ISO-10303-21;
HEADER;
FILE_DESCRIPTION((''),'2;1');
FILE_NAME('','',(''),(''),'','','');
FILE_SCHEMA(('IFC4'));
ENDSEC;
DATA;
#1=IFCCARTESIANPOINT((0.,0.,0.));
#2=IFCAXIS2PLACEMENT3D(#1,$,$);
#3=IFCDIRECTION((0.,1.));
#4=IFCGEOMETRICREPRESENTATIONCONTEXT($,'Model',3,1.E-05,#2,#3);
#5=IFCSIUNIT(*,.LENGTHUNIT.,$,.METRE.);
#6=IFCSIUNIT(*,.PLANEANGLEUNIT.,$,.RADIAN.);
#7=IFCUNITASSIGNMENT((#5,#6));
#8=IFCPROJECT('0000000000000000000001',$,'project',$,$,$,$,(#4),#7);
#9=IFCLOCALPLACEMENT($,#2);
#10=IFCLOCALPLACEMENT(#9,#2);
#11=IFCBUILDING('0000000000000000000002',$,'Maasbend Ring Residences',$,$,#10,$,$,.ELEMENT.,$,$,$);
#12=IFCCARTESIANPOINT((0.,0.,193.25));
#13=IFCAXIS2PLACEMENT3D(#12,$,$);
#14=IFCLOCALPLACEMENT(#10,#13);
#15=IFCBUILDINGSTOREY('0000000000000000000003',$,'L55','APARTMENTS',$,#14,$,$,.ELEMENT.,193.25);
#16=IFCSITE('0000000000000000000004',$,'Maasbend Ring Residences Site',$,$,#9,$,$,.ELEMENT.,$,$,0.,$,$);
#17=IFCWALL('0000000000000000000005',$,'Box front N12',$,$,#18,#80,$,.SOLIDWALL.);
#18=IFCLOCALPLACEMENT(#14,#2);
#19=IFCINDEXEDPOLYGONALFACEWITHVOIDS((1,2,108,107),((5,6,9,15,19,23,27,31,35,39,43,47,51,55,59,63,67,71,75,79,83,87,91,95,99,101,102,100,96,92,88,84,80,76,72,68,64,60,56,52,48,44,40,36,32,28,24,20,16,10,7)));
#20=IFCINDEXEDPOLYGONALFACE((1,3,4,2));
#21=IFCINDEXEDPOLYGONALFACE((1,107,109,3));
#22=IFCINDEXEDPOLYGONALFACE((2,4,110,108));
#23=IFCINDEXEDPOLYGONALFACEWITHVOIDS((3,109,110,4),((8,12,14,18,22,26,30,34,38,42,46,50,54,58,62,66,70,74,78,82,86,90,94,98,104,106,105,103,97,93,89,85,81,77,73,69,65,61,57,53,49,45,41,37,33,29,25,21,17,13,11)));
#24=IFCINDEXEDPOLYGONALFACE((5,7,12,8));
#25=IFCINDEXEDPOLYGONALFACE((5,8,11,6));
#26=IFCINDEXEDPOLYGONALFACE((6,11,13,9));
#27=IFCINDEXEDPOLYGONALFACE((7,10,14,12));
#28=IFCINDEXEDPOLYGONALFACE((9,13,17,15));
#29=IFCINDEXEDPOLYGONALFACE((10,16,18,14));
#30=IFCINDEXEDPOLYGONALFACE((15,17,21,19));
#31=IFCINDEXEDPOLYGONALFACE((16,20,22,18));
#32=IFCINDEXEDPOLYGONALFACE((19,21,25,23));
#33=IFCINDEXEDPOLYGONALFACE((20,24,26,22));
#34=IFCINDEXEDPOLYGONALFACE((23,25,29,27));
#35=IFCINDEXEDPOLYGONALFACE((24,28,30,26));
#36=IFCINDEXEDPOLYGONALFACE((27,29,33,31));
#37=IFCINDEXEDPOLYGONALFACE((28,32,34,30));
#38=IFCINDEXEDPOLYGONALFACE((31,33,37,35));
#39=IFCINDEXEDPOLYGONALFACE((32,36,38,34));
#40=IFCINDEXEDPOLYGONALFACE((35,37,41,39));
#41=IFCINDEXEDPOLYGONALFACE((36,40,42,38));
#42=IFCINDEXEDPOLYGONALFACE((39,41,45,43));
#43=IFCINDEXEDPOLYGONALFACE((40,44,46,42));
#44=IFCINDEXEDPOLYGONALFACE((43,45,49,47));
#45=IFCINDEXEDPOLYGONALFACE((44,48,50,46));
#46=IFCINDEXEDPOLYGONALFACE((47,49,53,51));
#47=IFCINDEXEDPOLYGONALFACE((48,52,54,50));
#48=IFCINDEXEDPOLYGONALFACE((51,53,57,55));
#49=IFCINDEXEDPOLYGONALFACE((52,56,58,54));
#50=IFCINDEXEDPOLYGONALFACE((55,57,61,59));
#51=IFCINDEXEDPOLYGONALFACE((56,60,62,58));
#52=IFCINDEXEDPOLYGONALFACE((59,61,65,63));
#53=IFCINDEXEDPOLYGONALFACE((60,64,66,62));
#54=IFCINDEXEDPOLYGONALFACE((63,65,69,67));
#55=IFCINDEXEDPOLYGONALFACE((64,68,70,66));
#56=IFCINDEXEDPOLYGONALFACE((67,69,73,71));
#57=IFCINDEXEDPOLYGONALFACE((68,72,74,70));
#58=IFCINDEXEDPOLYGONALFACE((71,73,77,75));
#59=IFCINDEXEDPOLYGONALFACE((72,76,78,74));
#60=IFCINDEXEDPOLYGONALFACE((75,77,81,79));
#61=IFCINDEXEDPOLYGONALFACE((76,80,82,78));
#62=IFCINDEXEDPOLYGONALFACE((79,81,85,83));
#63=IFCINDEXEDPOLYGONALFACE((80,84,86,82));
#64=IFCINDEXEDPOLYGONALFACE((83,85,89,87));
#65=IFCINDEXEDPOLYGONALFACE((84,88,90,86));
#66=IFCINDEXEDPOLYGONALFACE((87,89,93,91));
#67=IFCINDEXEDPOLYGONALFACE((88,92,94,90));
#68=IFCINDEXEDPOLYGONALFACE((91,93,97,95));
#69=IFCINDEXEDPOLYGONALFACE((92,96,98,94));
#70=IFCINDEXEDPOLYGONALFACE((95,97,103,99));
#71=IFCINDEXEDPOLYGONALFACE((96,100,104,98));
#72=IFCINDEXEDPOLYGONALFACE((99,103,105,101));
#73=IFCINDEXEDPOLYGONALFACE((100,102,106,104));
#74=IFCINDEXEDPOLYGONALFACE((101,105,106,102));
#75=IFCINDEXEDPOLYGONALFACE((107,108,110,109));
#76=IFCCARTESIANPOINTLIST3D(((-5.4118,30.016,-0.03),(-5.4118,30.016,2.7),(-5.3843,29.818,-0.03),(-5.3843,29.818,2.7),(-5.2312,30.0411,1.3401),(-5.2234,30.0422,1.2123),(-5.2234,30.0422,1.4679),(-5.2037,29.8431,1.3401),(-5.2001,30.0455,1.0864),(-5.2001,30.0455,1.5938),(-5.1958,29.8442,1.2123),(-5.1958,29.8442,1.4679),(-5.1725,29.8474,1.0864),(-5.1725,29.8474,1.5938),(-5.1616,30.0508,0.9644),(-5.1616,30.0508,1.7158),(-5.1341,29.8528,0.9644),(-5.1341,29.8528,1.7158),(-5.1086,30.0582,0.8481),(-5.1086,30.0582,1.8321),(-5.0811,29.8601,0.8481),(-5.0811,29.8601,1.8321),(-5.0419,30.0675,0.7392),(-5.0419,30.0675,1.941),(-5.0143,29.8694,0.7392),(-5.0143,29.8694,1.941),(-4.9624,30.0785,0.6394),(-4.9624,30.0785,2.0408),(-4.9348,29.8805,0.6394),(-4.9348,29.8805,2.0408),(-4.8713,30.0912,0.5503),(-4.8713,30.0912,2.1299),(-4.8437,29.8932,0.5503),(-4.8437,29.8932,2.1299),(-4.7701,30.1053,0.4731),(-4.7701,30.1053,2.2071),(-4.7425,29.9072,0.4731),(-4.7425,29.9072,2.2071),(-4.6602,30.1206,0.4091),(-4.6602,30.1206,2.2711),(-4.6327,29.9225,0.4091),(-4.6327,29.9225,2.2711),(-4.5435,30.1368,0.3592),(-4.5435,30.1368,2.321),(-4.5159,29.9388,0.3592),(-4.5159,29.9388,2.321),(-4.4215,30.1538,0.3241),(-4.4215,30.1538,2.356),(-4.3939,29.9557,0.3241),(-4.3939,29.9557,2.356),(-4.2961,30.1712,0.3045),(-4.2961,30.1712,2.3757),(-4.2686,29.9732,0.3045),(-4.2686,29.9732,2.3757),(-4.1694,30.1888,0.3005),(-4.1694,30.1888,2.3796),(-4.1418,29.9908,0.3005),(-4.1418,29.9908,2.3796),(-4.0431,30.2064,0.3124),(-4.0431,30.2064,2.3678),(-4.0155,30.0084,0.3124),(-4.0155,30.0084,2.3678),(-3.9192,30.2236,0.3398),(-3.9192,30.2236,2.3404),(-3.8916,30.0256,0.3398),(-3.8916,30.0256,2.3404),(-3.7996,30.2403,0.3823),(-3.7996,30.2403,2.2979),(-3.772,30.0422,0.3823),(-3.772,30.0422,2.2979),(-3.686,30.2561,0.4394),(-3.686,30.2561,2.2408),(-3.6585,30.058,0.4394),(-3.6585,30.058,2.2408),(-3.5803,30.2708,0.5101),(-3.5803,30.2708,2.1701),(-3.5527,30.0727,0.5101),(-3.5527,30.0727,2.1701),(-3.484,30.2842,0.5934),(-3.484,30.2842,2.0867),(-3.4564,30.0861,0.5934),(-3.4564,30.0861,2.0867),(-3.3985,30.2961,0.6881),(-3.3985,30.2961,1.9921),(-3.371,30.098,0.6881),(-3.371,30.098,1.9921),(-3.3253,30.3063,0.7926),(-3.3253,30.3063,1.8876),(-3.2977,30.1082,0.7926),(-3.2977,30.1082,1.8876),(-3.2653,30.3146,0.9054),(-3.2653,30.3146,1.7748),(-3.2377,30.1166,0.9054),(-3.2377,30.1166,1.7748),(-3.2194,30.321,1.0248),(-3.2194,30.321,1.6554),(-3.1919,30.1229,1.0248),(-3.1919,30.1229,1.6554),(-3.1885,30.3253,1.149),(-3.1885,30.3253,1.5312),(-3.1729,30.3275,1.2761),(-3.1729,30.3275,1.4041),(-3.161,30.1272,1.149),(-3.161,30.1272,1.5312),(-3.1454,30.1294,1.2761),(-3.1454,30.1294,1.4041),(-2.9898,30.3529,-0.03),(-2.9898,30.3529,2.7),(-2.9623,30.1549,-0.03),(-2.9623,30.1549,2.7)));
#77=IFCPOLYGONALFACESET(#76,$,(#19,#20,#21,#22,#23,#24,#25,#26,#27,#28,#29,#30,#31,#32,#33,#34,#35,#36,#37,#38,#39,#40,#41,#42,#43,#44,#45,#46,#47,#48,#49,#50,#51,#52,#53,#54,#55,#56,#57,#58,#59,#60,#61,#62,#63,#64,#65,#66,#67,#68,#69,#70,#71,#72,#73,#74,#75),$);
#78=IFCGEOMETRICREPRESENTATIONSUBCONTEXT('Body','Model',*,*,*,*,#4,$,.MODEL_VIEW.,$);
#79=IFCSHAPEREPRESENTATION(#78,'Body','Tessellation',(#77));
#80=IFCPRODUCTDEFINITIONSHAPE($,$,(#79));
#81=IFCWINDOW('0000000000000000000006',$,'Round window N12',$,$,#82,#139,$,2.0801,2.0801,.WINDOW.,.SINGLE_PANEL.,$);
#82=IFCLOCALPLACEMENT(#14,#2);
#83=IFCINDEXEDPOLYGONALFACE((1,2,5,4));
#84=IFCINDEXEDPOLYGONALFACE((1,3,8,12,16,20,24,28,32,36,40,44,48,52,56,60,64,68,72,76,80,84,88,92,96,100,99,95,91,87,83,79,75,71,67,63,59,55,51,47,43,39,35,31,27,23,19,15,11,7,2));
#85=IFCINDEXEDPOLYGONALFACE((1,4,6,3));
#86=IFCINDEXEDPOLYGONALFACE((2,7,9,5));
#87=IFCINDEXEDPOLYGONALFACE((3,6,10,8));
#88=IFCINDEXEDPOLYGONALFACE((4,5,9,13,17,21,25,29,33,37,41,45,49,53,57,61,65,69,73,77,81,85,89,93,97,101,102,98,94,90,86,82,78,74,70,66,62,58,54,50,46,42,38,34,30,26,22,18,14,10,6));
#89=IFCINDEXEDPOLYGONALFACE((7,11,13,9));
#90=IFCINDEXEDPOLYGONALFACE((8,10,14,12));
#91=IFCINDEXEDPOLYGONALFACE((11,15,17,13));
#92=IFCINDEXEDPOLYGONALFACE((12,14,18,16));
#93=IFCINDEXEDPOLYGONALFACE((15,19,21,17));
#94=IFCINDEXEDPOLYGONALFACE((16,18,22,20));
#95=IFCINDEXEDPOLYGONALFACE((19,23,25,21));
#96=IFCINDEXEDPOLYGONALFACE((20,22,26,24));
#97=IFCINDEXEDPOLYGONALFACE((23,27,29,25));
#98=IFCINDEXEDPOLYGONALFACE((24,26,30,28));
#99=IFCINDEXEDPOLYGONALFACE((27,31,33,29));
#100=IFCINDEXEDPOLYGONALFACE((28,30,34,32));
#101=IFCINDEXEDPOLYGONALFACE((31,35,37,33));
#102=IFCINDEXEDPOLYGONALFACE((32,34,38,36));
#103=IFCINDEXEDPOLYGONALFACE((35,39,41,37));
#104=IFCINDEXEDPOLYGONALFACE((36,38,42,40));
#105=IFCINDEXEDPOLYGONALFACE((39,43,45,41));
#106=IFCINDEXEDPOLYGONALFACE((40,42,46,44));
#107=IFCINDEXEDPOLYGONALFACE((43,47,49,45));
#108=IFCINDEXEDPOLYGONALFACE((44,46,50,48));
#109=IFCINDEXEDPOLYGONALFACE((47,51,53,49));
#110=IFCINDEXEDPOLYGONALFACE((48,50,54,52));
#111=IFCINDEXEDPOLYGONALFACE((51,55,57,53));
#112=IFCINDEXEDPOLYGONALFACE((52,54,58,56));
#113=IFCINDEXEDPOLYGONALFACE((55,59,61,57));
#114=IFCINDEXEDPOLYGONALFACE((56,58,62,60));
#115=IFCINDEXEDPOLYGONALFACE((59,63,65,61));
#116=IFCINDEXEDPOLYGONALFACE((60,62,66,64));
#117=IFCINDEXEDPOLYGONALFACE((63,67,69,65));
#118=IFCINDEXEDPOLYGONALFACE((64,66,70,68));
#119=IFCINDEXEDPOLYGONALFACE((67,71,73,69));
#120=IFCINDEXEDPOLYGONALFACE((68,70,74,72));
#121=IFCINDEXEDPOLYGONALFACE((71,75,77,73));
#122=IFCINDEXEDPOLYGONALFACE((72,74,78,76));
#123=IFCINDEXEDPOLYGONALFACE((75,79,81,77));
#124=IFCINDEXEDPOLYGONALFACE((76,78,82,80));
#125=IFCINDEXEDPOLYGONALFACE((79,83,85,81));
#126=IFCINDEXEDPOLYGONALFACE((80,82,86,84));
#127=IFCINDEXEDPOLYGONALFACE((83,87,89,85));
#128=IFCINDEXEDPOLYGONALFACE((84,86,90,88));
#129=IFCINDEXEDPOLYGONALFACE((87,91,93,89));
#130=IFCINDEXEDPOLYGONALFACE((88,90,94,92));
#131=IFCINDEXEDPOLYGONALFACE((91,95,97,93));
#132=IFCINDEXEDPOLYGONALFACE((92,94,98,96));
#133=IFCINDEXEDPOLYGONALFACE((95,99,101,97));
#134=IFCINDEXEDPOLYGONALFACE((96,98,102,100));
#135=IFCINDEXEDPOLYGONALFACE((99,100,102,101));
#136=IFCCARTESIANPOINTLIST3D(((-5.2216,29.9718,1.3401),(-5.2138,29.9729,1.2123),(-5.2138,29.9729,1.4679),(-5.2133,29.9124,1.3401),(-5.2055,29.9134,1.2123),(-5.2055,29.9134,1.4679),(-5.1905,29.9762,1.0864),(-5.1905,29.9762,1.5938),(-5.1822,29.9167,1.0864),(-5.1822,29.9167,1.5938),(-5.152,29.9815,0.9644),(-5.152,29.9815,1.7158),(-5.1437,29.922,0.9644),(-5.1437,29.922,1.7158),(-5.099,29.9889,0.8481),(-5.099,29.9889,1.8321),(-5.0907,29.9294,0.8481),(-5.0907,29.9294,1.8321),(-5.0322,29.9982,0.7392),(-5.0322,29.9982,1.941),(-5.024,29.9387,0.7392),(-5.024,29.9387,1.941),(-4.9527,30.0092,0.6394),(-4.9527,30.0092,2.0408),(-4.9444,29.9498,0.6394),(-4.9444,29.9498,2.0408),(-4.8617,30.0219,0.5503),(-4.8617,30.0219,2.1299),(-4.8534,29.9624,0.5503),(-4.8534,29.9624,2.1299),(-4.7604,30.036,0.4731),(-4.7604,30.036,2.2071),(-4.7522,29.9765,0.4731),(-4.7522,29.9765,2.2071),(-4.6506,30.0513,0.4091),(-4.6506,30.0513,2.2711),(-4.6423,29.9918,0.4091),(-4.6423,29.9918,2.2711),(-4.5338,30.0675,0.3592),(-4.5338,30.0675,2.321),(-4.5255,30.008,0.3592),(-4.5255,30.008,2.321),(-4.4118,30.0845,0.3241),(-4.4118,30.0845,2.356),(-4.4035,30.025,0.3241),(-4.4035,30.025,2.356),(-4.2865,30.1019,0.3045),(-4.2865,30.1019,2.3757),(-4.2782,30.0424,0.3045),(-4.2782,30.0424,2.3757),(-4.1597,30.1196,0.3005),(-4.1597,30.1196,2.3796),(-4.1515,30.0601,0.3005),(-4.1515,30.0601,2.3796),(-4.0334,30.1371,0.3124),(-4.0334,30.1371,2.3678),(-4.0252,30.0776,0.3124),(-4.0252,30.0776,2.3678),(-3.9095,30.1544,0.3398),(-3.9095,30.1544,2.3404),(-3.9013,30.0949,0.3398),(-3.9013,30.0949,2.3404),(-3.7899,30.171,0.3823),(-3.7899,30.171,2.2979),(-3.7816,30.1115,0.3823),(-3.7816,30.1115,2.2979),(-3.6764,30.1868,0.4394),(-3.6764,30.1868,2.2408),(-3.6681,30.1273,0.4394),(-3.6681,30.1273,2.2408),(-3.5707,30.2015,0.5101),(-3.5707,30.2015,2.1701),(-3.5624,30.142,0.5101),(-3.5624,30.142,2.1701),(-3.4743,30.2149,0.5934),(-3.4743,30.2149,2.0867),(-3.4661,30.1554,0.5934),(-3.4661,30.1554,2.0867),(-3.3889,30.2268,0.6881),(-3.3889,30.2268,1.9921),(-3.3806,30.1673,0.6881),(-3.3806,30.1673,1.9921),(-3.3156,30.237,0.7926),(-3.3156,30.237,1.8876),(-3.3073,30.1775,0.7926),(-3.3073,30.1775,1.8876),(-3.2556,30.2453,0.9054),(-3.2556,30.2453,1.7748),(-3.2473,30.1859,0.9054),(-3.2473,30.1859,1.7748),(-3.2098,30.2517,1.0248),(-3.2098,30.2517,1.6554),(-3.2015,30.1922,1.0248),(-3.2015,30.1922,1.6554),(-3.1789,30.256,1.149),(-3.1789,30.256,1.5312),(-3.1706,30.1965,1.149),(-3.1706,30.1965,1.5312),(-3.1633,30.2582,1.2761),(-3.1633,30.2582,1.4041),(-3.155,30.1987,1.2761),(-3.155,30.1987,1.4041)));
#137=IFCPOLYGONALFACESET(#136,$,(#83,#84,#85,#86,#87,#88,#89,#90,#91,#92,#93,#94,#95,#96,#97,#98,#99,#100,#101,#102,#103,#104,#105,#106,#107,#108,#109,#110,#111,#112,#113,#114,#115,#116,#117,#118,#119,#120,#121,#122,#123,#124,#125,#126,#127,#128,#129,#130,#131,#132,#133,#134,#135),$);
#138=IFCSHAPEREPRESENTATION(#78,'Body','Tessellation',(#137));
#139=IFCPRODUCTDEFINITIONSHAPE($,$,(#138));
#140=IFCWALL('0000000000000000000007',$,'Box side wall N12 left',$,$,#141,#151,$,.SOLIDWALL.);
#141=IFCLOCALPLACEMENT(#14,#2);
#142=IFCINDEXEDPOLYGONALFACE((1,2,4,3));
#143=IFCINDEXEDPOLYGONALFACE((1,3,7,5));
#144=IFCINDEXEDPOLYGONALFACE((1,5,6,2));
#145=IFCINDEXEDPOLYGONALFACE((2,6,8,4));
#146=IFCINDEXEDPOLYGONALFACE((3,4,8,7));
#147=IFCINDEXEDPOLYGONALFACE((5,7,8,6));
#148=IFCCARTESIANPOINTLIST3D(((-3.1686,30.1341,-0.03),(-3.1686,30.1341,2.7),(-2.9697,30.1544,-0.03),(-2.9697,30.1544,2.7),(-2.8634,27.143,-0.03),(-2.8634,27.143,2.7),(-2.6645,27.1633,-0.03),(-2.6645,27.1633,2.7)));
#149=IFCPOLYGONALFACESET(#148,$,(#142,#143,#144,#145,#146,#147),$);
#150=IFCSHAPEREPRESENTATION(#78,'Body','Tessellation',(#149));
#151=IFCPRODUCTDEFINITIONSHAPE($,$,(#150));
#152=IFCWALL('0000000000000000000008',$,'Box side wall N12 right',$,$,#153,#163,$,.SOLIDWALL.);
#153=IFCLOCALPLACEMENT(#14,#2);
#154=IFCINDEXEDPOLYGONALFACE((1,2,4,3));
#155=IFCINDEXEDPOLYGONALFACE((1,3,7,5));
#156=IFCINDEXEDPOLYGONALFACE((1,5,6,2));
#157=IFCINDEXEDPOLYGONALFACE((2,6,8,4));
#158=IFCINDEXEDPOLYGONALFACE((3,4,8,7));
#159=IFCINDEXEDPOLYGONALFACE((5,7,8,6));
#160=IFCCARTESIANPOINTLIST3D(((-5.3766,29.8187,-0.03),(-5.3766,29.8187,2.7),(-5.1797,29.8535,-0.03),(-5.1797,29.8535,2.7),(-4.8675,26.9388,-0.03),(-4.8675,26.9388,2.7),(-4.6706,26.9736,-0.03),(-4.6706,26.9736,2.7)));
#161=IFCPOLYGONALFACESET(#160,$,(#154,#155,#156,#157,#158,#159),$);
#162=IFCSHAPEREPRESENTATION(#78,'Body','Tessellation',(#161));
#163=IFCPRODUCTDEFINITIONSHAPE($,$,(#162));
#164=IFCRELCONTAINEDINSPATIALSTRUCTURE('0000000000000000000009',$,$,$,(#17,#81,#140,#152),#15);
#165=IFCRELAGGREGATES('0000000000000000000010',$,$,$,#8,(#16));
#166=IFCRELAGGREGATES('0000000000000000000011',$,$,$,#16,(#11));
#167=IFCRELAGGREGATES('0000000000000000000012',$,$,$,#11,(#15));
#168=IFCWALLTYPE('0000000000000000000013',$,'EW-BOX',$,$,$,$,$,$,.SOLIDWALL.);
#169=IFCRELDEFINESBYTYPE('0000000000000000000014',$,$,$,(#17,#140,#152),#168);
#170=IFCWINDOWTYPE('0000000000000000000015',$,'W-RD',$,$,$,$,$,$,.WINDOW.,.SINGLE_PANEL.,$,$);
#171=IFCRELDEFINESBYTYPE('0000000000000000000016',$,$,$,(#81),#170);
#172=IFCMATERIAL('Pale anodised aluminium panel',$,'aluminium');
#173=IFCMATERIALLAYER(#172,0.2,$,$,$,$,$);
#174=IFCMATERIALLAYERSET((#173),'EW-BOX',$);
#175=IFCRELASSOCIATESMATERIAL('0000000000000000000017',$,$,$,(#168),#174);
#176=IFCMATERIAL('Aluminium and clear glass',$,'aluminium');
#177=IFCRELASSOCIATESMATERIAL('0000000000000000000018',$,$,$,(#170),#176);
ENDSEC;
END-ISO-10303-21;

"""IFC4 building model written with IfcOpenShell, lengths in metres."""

from ifc_helpers import new_model, si_unit, direction, frame, frame_2d, origin, place, context, subcontext, project, spatial, rectangle, circle, extrude, material, layer, layer_set, type_object, element, fill, save


model = new_model("IFC4")

# Units and contexts
model_context = context("Model", 3, precision=1e-05, world=origin(), true_north=direction((0.0, 1.0)))
body_context = subcontext(model_context, "Body", "Model", "MODEL_VIEW")
ifc_project = project(units=[si_unit("LENGTHUNIT", "METRE"), si_unit("PLANEANGLEUNIT", "RADIAN")], contexts=[model_context])

# Site, building, storey
site_placement = place(None, origin())
site = spatial("IfcSite", under=ifc_project, at=site_placement, Name="Maasbend Ring Residences Site", CompositionType="ELEMENT", RefElevation=0.0)
building_placement = place(site_placement, origin())
building = spatial("IfcBuilding", under=site, at=building_placement, Name="Maasbend Ring Residences", CompositionType="ELEMENT")
storey_placement = place(building_placement, frame((0.0, 0.0, 193.25)))
storey = spatial("IfcBuildingStorey", under=building, at=storey_placement, Name="L55", Description="APARTMENTS", CompositionType="ELEMENT", Elevation=193.25)

# Wall, opening, window
ifc_material_1 = material(Name="Pale anodised aluminium panel", Category="aluminium")
ifc_layer_1 = layer(ifc_material_1, 0.2)
ifc_layer_set_1 = layer_set([ifc_layer_1], Name="EW-BOX")
wall_type_1 = type_object("IfcWallType", Name="EW-BOX", PredefinedType="SOLIDWALL", material=ifc_layer_set_1)
wall_1_placement = place(storey_placement, frame((-2.9761, 30.2539, -0.03), z_axis=(0.0, 0.0, 1.0), x_axis=(-0.990462, -0.137786, 0.0)))
wall_1 = element("IfcWall", 1, at=wall_1_placement, inside=storey, type_object=wall_type_1, Name="Box front N12", PredefinedType="SOLIDWALL", context=body_context, shape_type="SweptSolid", body=[
    extrude(rectangle(XDim=2.4453, YDim=0.2, at=frame_2d((1.2227, 0.0))), origin(), (0.0, 0.0, 1.0), 2.73),
])
opening_1_placement = place(wall_1_placement, frame((0.1829, 0.0, 0.3301)))
opening_1 = element("IfcOpeningElement", 2, at=opening_1_placement, cuts=wall_1, PredefinedType="OPENING", context=body_context, shape_type="SweptSolid", body=[
    extrude(circle(Radius=1.04, at=frame_2d((1.04, 1.04))), frame((0.0, 0.1099, 0.0), z_axis=(0.0, -1.0, 0.0), x_axis=(1.0, 0.0, 0.0)), (0.0, 0.0, 1.0), 0.22),
])
ifc_material_2 = material(Name="Aluminium and clear glass", Category="aluminium")
window_type_1 = type_object("IfcWindowType", Name="W-RD", PartitioningType="SINGLE_PANEL", PredefinedType="WINDOW", material=ifc_material_2)
window_1_placement = place(opening_1_placement, origin())
window_1 = element("IfcWindow", 3, at=window_1_placement, inside=storey, type_object=window_type_1, Name="Round window N12", OverallHeight=2.0801, OverallWidth=2.0801, PartitioningType="SINGLE_PANEL", PredefinedType="WINDOW", context=body_context, shape_type="SweptSolid", body=[
    extrude(circle(Radius=1.04, at=frame_2d((1.04, 1.04))), frame((0.0, 0.03, 0.0), z_axis=(0.0, -1.0, 0.0), x_axis=(1.0, 0.0, 0.0)), (0.0, 0.0, 1.0), 0.0601),
])
fill(opening_1, window_1)

# Walls
wall_2_placement = place(storey_placement, frame((-2.7639, 27.1531, -0.03), z_axis=(0.0, 0.0, 1.0), x_axis=(-0.101505, 0.994835, 0.0)))
element("IfcWall", 4, at=wall_2_placement, inside=storey, type_object=wall_type_1, Name="Box side wall N12 left", PredefinedType="SOLIDWALL", context=body_context, shape_type="SweptSolid", body=[
    extrude(rectangle(XDim=3.0066, YDim=0.2, at=frame_2d((1.5034, 0.0))), origin(), (0.0, 0.0, 1.0), 2.73),
])
wall_3_placement = place(storey_placement, frame((-4.769, 26.9561, -0.03), z_axis=(0.0, 0.0, 1.0), x_axis=(-0.174057, 0.984736, 0.0)))
element("IfcWall", 5, at=wall_3_placement, inside=storey, type_object=wall_type_1, Name="Box side wall N12 right", PredefinedType="SOLIDWALL", context=body_context, shape_type="SweptSolid", body=[
    extrude(rectangle(XDim=2.9246, YDim=0.2, at=frame_2d((1.4624, 0.0))), origin(), (0.0, 0.0, 1.0), 2.73),
])

save(model, "model.ifc")
